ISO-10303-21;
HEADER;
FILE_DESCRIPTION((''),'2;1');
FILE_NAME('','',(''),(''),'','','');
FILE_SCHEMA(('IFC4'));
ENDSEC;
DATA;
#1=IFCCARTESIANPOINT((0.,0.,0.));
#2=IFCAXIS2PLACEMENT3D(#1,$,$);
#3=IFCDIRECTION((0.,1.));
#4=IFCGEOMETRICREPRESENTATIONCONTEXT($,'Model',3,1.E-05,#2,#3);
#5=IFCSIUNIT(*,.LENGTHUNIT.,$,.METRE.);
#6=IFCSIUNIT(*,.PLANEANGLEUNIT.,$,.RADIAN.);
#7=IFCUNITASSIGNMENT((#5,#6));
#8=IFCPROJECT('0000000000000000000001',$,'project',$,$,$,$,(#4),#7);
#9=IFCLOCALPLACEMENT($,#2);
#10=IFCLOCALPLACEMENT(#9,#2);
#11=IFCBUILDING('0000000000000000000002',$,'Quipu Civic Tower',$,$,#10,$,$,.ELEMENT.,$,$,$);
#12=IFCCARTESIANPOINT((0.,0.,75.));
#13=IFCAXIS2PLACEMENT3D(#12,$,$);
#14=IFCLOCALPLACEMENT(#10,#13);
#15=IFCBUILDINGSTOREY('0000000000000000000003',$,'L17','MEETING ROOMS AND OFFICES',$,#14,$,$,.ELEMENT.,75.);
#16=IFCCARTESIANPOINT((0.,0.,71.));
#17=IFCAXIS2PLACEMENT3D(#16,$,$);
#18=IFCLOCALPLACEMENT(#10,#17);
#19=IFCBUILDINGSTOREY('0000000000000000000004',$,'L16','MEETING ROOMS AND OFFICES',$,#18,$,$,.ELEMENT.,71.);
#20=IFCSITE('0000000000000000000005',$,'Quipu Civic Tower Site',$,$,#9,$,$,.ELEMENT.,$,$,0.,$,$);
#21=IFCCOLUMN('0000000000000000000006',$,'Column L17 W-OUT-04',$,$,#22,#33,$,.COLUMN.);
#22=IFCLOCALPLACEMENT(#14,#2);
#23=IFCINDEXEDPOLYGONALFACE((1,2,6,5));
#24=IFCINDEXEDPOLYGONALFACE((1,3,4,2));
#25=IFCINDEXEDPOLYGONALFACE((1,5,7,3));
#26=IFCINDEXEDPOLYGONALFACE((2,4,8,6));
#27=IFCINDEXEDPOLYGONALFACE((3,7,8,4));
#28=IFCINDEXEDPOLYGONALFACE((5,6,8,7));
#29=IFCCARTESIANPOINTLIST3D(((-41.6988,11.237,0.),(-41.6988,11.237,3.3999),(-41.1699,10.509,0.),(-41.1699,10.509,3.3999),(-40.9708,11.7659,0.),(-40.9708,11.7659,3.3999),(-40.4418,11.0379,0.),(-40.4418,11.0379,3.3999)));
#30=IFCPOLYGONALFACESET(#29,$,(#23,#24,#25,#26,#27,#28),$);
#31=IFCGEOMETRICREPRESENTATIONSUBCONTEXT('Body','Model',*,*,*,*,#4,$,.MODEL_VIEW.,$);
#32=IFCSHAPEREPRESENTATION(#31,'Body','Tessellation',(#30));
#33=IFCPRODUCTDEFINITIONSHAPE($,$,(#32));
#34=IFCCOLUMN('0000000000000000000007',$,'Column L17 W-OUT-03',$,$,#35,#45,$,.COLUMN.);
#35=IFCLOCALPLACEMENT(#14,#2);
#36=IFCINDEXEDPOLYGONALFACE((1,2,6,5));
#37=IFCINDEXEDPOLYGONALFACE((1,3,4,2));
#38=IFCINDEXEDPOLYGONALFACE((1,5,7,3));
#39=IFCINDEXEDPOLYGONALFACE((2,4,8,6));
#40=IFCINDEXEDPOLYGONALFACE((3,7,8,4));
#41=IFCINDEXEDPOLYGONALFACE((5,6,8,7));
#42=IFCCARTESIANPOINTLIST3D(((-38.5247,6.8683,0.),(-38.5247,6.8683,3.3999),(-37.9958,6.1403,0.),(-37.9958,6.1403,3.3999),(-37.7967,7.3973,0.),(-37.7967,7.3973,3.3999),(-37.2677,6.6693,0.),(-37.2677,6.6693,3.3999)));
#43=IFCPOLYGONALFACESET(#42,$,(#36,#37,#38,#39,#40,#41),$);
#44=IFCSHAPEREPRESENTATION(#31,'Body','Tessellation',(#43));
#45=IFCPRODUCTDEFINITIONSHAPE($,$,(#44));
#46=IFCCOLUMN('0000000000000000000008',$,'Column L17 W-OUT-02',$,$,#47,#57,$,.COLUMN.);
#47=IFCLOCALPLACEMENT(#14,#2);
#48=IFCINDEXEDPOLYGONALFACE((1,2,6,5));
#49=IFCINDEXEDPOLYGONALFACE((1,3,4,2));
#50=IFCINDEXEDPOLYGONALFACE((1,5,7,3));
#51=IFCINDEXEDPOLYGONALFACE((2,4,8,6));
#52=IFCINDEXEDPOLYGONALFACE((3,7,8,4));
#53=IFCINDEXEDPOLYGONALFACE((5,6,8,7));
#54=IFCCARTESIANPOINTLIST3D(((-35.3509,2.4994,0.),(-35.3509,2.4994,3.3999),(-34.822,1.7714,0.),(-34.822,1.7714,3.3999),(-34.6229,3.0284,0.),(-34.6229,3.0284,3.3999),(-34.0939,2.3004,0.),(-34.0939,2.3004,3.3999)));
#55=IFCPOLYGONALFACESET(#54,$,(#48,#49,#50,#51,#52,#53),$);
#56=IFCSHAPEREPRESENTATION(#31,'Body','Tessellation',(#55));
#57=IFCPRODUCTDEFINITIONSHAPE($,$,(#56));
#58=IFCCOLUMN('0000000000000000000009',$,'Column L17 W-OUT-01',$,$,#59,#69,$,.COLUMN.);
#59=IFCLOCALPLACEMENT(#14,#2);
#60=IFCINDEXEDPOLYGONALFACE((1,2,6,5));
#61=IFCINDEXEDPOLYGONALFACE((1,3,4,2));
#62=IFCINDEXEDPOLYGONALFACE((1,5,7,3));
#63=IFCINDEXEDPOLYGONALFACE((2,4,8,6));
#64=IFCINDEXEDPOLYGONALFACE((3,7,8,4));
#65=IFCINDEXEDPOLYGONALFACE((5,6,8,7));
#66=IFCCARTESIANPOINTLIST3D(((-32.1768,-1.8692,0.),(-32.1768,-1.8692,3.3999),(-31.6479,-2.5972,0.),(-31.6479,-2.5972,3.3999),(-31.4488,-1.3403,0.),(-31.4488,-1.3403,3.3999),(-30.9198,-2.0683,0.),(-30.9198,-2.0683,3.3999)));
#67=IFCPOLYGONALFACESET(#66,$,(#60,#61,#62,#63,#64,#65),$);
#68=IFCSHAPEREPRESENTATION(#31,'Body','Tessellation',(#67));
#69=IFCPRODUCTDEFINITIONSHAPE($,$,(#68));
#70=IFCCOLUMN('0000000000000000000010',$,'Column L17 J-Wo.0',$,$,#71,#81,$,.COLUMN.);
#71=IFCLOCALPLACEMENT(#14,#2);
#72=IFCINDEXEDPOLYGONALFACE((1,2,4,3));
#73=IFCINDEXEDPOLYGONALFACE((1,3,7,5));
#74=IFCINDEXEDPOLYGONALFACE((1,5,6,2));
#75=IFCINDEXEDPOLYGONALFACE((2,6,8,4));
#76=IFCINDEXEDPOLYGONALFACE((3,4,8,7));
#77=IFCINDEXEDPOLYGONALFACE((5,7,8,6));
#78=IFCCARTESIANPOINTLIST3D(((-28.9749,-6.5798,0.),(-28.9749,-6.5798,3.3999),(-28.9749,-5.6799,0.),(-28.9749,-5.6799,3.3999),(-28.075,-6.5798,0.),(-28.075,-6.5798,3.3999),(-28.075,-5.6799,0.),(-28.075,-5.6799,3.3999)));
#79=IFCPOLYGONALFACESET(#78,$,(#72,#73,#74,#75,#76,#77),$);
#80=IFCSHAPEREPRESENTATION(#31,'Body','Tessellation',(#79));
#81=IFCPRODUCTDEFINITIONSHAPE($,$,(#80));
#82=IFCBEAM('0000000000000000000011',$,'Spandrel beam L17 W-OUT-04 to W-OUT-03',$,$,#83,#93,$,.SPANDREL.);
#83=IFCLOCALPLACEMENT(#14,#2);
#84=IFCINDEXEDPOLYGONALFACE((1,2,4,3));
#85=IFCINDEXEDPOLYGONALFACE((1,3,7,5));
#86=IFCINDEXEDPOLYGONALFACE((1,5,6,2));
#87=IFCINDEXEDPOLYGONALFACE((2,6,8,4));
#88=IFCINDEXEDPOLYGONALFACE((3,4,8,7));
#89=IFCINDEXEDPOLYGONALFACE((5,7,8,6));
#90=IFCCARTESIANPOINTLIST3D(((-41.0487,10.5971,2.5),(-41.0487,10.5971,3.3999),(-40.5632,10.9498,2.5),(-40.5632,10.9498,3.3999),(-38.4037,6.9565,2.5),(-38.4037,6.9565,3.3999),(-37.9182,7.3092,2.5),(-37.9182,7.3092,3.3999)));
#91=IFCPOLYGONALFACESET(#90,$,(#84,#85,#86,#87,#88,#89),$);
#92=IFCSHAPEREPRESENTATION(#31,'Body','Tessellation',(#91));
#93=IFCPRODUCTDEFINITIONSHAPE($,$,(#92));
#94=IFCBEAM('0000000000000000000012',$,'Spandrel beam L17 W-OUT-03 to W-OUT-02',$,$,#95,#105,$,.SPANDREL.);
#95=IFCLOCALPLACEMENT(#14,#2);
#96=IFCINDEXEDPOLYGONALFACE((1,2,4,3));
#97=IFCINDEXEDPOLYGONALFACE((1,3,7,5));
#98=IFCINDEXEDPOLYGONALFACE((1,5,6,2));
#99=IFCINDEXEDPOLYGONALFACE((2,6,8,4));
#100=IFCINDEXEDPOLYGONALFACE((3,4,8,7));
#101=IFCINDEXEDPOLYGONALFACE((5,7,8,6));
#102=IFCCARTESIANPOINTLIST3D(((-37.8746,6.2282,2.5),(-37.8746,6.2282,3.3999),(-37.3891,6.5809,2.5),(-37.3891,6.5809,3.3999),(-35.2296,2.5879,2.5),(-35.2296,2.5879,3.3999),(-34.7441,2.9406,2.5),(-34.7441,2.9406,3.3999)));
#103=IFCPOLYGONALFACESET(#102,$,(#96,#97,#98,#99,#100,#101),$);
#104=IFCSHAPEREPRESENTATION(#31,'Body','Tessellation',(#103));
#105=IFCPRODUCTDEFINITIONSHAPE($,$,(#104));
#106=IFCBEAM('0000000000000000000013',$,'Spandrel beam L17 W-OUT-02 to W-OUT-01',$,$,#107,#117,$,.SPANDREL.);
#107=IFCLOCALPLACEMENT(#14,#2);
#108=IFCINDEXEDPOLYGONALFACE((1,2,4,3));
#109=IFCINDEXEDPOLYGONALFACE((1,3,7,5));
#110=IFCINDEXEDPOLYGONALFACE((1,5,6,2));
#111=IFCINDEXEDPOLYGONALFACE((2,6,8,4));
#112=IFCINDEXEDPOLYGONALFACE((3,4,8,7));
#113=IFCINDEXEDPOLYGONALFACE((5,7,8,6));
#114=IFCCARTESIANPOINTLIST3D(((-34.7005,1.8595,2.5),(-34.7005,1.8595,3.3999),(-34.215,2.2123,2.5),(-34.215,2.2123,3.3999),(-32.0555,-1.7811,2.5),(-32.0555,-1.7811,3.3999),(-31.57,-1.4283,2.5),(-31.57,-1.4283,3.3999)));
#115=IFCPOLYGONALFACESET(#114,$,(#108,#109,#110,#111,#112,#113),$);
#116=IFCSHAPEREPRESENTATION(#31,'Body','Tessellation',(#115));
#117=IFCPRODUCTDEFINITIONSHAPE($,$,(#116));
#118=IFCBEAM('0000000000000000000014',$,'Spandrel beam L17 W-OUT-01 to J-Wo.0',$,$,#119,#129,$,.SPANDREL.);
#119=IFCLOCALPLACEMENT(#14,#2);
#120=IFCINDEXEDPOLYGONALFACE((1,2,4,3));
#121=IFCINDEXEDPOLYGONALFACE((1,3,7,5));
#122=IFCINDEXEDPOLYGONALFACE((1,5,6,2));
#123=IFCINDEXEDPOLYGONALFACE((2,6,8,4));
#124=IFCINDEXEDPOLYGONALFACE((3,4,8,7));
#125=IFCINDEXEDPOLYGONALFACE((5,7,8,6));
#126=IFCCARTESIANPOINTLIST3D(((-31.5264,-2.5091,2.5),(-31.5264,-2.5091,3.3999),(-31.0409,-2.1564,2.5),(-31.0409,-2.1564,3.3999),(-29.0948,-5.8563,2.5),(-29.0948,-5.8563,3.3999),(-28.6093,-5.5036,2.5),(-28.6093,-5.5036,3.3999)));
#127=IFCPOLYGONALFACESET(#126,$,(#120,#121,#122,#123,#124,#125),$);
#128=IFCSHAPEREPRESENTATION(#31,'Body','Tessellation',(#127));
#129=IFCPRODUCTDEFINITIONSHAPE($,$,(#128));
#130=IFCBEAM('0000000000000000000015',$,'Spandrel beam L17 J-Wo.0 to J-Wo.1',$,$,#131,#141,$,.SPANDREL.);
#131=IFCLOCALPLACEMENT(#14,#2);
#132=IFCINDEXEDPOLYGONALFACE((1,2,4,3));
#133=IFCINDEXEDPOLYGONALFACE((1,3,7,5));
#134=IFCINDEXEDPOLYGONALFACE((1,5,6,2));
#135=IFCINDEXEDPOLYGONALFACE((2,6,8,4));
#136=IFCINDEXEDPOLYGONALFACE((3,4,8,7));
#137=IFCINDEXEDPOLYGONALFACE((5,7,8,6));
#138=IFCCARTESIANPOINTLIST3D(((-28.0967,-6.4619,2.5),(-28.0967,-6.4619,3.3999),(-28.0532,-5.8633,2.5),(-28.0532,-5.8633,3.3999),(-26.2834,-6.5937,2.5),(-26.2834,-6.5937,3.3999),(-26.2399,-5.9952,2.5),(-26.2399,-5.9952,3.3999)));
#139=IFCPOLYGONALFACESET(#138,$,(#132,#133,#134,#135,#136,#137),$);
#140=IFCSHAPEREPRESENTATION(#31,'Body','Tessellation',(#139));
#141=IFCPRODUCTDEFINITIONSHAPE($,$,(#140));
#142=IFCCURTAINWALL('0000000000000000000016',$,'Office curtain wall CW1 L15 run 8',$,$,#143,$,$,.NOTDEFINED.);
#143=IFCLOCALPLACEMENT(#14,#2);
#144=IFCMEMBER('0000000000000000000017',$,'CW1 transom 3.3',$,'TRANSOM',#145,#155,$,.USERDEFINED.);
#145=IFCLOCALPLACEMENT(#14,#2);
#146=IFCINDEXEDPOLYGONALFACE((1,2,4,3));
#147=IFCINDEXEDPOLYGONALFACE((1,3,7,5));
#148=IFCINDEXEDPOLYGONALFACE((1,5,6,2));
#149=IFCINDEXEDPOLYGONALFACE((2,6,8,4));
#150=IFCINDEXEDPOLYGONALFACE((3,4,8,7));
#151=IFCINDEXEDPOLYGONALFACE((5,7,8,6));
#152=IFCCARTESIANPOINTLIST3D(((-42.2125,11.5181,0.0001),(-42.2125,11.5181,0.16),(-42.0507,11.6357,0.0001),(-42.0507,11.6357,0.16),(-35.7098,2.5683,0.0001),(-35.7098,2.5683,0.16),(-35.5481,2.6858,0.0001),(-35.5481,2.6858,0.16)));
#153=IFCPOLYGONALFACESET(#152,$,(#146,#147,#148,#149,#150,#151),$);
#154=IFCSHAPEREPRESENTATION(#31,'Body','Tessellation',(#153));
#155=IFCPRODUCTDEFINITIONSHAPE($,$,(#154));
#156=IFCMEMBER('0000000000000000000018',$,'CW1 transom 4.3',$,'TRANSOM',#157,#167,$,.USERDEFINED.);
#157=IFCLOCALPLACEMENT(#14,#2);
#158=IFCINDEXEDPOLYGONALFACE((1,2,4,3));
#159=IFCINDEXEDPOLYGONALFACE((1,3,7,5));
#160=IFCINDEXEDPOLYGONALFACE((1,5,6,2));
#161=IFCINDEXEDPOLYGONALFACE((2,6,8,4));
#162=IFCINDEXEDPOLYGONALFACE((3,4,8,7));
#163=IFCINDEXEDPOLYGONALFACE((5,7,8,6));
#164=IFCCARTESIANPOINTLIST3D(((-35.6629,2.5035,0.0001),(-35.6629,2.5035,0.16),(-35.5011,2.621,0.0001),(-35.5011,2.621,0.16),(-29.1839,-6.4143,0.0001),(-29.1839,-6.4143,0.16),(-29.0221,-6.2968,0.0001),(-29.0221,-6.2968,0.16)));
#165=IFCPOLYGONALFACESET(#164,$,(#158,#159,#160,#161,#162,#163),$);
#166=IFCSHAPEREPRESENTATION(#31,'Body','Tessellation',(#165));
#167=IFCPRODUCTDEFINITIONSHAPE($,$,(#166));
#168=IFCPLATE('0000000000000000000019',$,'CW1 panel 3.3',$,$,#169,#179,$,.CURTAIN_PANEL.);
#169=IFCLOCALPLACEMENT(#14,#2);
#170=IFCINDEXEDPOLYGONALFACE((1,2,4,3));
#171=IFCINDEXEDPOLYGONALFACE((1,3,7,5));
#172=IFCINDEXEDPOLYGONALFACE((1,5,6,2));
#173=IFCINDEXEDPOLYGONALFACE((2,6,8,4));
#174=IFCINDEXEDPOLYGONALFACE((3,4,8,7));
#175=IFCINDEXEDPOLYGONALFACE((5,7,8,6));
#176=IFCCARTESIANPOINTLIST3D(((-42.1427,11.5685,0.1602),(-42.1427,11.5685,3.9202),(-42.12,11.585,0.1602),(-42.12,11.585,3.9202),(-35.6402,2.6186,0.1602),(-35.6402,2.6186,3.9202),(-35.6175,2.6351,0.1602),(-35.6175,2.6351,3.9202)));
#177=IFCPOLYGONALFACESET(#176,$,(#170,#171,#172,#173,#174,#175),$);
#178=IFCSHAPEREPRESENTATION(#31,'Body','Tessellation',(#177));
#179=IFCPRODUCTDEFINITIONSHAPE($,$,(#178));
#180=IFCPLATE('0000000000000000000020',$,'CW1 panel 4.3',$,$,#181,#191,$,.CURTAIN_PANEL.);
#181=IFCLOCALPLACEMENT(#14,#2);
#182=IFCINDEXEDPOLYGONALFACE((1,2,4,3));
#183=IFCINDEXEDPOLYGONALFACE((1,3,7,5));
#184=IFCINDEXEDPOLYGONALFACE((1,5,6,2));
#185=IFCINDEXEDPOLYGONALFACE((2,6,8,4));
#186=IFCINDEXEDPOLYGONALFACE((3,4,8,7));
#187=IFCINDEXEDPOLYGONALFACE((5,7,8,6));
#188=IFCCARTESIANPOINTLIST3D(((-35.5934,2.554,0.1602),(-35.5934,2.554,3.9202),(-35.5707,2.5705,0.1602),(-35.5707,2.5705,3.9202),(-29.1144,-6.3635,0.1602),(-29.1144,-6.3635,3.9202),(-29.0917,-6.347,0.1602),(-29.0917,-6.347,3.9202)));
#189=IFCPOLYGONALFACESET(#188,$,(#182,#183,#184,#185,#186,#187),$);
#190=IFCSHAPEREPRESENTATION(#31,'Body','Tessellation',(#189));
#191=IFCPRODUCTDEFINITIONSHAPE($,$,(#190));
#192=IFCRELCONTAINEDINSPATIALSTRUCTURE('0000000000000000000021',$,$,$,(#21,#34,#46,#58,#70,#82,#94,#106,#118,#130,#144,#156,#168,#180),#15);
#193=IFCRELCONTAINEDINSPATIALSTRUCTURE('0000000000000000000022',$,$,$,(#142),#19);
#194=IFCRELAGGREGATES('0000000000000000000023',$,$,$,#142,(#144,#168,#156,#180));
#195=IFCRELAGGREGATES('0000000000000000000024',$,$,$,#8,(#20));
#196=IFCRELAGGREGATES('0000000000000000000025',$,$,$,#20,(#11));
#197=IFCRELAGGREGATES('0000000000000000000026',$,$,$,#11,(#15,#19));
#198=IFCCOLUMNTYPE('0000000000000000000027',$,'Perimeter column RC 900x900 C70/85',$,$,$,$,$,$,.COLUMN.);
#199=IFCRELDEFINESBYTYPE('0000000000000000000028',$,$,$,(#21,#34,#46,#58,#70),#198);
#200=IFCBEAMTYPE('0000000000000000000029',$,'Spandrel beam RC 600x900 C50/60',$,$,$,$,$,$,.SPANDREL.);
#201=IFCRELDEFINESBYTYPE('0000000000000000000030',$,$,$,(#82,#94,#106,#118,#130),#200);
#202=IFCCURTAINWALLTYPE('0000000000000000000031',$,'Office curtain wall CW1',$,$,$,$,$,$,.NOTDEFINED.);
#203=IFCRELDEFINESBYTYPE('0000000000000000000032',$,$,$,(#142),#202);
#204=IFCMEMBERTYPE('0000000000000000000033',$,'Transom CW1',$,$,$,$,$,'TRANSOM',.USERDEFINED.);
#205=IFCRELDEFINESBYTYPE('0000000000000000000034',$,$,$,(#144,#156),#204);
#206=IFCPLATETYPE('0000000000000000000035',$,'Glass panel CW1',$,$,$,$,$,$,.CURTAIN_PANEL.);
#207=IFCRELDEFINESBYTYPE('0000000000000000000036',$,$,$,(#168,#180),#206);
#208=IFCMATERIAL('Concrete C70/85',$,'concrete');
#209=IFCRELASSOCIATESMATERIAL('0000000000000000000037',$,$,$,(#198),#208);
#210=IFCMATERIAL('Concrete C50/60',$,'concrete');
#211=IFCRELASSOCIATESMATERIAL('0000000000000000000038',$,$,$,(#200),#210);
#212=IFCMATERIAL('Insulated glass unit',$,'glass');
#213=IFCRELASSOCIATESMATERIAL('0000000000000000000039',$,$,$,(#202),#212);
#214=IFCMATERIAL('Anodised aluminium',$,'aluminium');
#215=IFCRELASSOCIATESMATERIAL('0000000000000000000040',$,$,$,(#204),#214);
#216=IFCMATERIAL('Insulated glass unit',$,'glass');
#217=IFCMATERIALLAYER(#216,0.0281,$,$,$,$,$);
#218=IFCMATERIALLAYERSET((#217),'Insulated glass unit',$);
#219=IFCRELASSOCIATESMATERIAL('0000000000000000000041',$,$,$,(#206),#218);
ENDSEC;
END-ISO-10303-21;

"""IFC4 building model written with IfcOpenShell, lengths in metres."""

from ifc_helpers import new_model, si_unit, direction, frame, origin, origin_2d, place, context, subcontext, project, spatial, rectangle, extrude, material, layer, layer_set, material_profile, profile_set, type_object, element, aggregate, save


model = new_model("IFC4")

# Units and contexts
model_context = context("Model", 3, precision=1e-05, world=origin(), true_north=direction((0.0, 1.0)))
body_context = subcontext(model_context, "Body", "Model", "MODEL_VIEW")
ifc_project = project(units=[si_unit("LENGTHUNIT", "METRE"), si_unit("PLANEANGLEUNIT", "RADIAN")], contexts=[model_context])

# Site, building, storey
site_placement = place(None, origin())
site = spatial("IfcSite", under=ifc_project, at=site_placement, Name="Quipu Civic Tower Site", CompositionType="ELEMENT", RefElevation=0.0)
building_placement = place(site_placement, origin())
building = spatial("IfcBuilding", under=site, at=building_placement, Name="Quipu Civic Tower", CompositionType="ELEMENT")
storey_1_placement = place(building_placement, frame((0.0, 0.0, 75.0)))
storey_1 = spatial("IfcBuildingStorey", under=building, at=storey_1_placement, Name="L17", Description="MEETING ROOMS AND OFFICES", CompositionType="ELEMENT", Elevation=75.0)

# Columns
ifc_material_1 = material(Name="Concrete C70/85", Category="concrete")
ifc_material_profile_1 = material_profile(ifc_material_1, rectangle(XDim=0.8999, YDim=0.8999, at=origin_2d()), Name="RC900x900")
ifc_profile_set_1 = profile_set([ifc_material_profile_1], Name="Concrete C70/85")
column_type = type_object("IfcColumnType", Name="Perimeter column RC 900x900 C70/85", PredefinedType="COLUMN", material=ifc_profile_set_1)
for number, where, z_axis, x_axis, name in (
    (1, (-41.0703, 11.1375, 0.0), (0.0, 0.0, 1.0), (0.587785, -0.809017, 0.0), "Column L17 W-OUT-04"),
    (2, (-37.8962, 6.7688, 0.0), (0.0, 0.0, 1.0), (0.587785, -0.809017, 0.0), "Column L17 W-OUT-03"),
    (3, (-34.7224, 2.3999, 0.0), (0.0, 0.0, 1.0), (0.587785, -0.809017, 0.0), "Column L17 W-OUT-02"),
    (4, (-31.5483, -1.9688, 0.0), (0.0, 0.0, 1.0), (0.587785, -0.809017, 0.0), "Column L17 W-OUT-01"),
    (5, (-28.5249, -6.1299, 0.0), (0.0, 0.0, 1.0), (1.0, 0.0, 0.0), "Column L17 J-Wo.0"),
):
    element("IfcColumn", number, at=place(storey_1_placement, frame(where, z_axis=z_axis, x_axis=x_axis)), inside=storey_1, type_object=column_type, Name=name, PredefinedType="COLUMN", context=body_context, shape_type="SweptSolid", body=[
        extrude(rectangle(XDim=0.8999, YDim=0.8999, at=origin_2d()), origin(), (0.0, 0.0, 1.0), 3.3999),
    ])

# Beams
ifc_material_2 = material(Name="Concrete C50/60", Category="concrete")
ifc_material_profile_2 = material_profile(ifc_material_2, rectangle(XDim=0.6001, YDim=0.8999, at=origin_2d()), Name="RC600x900")
ifc_profile_set_2 = profile_set([ifc_material_profile_2], Name="Concrete C50/60")
beam_type = type_object("IfcBeamType", Name="Spandrel beam RC 600x900 C50/60", PredefinedType="SPANDREL", material=ifc_profile_set_2)
beam_1_placement = place(storey_1_placement, frame((-40.8059, 10.7734, 2.95), z_axis=(0.587778, -0.809022, 0.0), x_axis=(0.809022, 0.587778, 0.0)))
element("IfcBeam", 6, at=beam_1_placement, inside=storey_1, type_object=beam_type, Name="Spandrel beam L17 W-OUT-04 to W-OUT-03", PredefinedType="SPANDREL", context=body_context, shape_type="SweptSolid", body=[
    extrude(rectangle(XDim=0.6001, YDim=0.8999, at=origin_2d()), origin(), (0.0, 0.0, 1.0), 4.5),
])
beam_2_placement = place(storey_1_placement, frame((-37.6318, 6.4045, 2.95), z_axis=(0.587804, -0.809003, 0.0), x_axis=(0.809003, 0.587804, 0.0)))
element("IfcBeam", 7, at=beam_2_placement, inside=storey_1, type_object=beam_type, Name="Spandrel beam L17 W-OUT-03 to W-OUT-02", PredefinedType="SPANDREL", context=body_context, shape_type="SweptSolid", body=[
    extrude(rectangle(XDim=0.6001, YDim=0.8999, at=origin_2d()), origin(), (0.0, 0.0, 1.0), 4.4998),
])
beam_3_placement = place(storey_1_placement, frame((-34.4578, 2.0359, 2.95), z_axis=(0.587778, -0.809022, 0.0), x_axis=(0.809022, 0.587778, 0.0)))
element("IfcBeam", 8, at=beam_3_placement, inside=storey_1, type_object=beam_type, Name="Spandrel beam L17 W-OUT-02 to W-OUT-01", PredefinedType="SPANDREL", context=body_context, shape_type="SweptSolid", body=[
    extrude(rectangle(XDim=0.6001, YDim=0.8999, at=origin_2d()), origin(), (0.0, 0.0, 1.0), 4.5),
])
beam_4_placement = place(storey_1_placement, frame((-31.2837, -2.3328, 2.95), z_axis=(0.587751, -0.809042, 0.0), x_axis=(0.809042, 0.587751, 0.0)))
element("IfcBeam", 9, at=beam_4_placement, inside=storey_1, type_object=beam_type, Name="Spandrel beam L17 W-OUT-01 to J-Wo.0", PredefinedType="SPANDREL", context=body_context, shape_type="SweptSolid", body=[
    extrude(rectangle(XDim=0.6001, YDim=0.8999, at=origin_2d()), origin(), (0.0, 0.0, 1.0), 4.1372),
])
beam_5_placement = place(storey_1_placement, frame((-28.075, -6.1626, 2.95), z_axis=(0.997367, -0.072516, 0.0), x_axis=(0.072516, 0.997367, 0.0)))
element("IfcBeam", 10, at=beam_5_placement, inside=storey_1, type_object=beam_type, Name="Spandrel beam L17 J-Wo.0 to J-Wo.1", PredefinedType="SPANDREL", context=body_context, shape_type="SweptSolid", body=[
    extrude(rectangle(XDim=0.6001, YDim=0.8999, at=origin_2d()), origin(), (0.0, 0.0, 1.0), 1.8181),
])

# Shared definitions
storey_2_placement = place(building_placement, frame((0.0, 0.0, 71.0)))
storey_2 = spatial("IfcBuildingStorey", under=building, at=storey_2_placement, Name="L16", Description="MEETING ROOMS AND OFFICES", CompositionType="ELEMENT", Elevation=71.0)

# Curtain wall, members, plates
ifc_material_3 = material(Name="Insulated glass unit", Category="glass")
curtain_wall_type = type_object("IfcCurtainWallType", Name="Office curtain wall CW1", PredefinedType="NOTDEFINED", material=ifc_material_3)
curtain_wall_placement = place(storey_2_placement, origin())
curtain_wall = element("IfcCurtainWall", 11, at=curtain_wall_placement, inside=storey_2, type_object=curtain_wall_type, Name="Office curtain wall CW1 L15 run 8", PredefinedType="NOTDEFINED")
ifc_material_4 = material(Name="Anodised aluminium", Category="aluminium")
ifc_material_profile_3 = material_profile(ifc_material_4, rectangle(XDim=0.2, YDim=0.1599, at=origin_2d()), Name="RECT 200x160")
ifc_profile_set_3 = profile_set([ifc_material_profile_3], Name="Anodised aluminium")
member_type = type_object("IfcMemberType", Name="Transom CW1", ElementType="TRANSOM", PredefinedType="USERDEFINED", material=ifc_profile_set_3)
member_1_placement = place(storey_1_placement, frame((-42.1316, 11.5769, 0.0801), z_axis=(0.587795, -0.80901, 0.0), x_axis=(0.80901, 0.587795, 0.0)))
member_1 = element("IfcMember", 12, at=member_1_placement, inside=storey_1, type_object=member_type, Name="CW1 transom 3.3", ObjectType="TRANSOM", PredefinedType="USERDEFINED", context=body_context, shape_type="SweptSolid", body=[
    extrude(rectangle(XDim=0.2, YDim=0.1599, at=origin_2d()), origin(), (0.0, 0.0, 1.0), 11.0627),
])
member_2_placement = place(storey_1_placement, frame((-35.582, 2.5623, 0.0801), z_axis=(0.587779, -0.809021, 0.0), x_axis=(0.809021, 0.587779, 0.0)))
member_2 = element("IfcMember", 13, at=member_2_placement, inside=storey_1, type_object=member_type, Name="CW1 transom 4.3", ObjectType="TRANSOM", PredefinedType="USERDEFINED", context=body_context, shape_type="SweptSolid", body=[
    extrude(rectangle(XDim=0.2, YDim=0.1599, at=origin_2d()), origin(), (0.0, 0.0, 1.0), 11.0229),
])
ifc_material_5 = material(Name="Insulated glass unit", Category="glass")
ifc_layer_1 = layer(ifc_material_5, 0.0281)
ifc_layer_set_1 = layer_set([ifc_layer_1], Name="Insulated glass unit")
plate_type_1 = type_object("IfcPlateType", Name="Glass panel CW1", PredefinedType="CURTAIN_PANEL", material=ifc_layer_set_1)
plate_1_placement = place(storey_1_placement, frame((-38.8801, 7.1018, 0.1602), z_axis=(0.0, 0.0, 1.0), x_axis=(0.587786, -0.809017, 0.0)))
plate_1 = element("IfcPlate", 14, at=plate_1_placement, inside=storey_1, type_object=plate_type_1, Name="CW1 panel 3.3", PredefinedType="CURTAIN_PANEL", context=body_context, shape_type="SweptSolid", body=[
    extrude(rectangle(XDim=11.0627, YDim=0.0281, at=origin_2d()), origin(), (0.0, 0.0, 1.0), 3.76),
])
plate_2_placement = place(storey_1_placement, frame((-32.3425, -1.8965, 0.1602), z_axis=(0.0, 0.0, 1.0), x_axis=(0.587786, -0.809017, 0.0)))
plate_2 = element("IfcPlate", 15, at=plate_2_placement, inside=storey_1, type_object=plate_type_1, Name="CW1 panel 4.3", PredefinedType="CURTAIN_PANEL", context=body_context, shape_type="SweptSolid", body=[
    extrude(rectangle(XDim=11.0227, YDim=0.0281, at=origin_2d()), origin(), (0.0, 0.0, 1.0), 3.76),
])
aggregate(curtain_wall, [member_1, plate_1, member_2, plate_2])

save(model, "model.ifc")
